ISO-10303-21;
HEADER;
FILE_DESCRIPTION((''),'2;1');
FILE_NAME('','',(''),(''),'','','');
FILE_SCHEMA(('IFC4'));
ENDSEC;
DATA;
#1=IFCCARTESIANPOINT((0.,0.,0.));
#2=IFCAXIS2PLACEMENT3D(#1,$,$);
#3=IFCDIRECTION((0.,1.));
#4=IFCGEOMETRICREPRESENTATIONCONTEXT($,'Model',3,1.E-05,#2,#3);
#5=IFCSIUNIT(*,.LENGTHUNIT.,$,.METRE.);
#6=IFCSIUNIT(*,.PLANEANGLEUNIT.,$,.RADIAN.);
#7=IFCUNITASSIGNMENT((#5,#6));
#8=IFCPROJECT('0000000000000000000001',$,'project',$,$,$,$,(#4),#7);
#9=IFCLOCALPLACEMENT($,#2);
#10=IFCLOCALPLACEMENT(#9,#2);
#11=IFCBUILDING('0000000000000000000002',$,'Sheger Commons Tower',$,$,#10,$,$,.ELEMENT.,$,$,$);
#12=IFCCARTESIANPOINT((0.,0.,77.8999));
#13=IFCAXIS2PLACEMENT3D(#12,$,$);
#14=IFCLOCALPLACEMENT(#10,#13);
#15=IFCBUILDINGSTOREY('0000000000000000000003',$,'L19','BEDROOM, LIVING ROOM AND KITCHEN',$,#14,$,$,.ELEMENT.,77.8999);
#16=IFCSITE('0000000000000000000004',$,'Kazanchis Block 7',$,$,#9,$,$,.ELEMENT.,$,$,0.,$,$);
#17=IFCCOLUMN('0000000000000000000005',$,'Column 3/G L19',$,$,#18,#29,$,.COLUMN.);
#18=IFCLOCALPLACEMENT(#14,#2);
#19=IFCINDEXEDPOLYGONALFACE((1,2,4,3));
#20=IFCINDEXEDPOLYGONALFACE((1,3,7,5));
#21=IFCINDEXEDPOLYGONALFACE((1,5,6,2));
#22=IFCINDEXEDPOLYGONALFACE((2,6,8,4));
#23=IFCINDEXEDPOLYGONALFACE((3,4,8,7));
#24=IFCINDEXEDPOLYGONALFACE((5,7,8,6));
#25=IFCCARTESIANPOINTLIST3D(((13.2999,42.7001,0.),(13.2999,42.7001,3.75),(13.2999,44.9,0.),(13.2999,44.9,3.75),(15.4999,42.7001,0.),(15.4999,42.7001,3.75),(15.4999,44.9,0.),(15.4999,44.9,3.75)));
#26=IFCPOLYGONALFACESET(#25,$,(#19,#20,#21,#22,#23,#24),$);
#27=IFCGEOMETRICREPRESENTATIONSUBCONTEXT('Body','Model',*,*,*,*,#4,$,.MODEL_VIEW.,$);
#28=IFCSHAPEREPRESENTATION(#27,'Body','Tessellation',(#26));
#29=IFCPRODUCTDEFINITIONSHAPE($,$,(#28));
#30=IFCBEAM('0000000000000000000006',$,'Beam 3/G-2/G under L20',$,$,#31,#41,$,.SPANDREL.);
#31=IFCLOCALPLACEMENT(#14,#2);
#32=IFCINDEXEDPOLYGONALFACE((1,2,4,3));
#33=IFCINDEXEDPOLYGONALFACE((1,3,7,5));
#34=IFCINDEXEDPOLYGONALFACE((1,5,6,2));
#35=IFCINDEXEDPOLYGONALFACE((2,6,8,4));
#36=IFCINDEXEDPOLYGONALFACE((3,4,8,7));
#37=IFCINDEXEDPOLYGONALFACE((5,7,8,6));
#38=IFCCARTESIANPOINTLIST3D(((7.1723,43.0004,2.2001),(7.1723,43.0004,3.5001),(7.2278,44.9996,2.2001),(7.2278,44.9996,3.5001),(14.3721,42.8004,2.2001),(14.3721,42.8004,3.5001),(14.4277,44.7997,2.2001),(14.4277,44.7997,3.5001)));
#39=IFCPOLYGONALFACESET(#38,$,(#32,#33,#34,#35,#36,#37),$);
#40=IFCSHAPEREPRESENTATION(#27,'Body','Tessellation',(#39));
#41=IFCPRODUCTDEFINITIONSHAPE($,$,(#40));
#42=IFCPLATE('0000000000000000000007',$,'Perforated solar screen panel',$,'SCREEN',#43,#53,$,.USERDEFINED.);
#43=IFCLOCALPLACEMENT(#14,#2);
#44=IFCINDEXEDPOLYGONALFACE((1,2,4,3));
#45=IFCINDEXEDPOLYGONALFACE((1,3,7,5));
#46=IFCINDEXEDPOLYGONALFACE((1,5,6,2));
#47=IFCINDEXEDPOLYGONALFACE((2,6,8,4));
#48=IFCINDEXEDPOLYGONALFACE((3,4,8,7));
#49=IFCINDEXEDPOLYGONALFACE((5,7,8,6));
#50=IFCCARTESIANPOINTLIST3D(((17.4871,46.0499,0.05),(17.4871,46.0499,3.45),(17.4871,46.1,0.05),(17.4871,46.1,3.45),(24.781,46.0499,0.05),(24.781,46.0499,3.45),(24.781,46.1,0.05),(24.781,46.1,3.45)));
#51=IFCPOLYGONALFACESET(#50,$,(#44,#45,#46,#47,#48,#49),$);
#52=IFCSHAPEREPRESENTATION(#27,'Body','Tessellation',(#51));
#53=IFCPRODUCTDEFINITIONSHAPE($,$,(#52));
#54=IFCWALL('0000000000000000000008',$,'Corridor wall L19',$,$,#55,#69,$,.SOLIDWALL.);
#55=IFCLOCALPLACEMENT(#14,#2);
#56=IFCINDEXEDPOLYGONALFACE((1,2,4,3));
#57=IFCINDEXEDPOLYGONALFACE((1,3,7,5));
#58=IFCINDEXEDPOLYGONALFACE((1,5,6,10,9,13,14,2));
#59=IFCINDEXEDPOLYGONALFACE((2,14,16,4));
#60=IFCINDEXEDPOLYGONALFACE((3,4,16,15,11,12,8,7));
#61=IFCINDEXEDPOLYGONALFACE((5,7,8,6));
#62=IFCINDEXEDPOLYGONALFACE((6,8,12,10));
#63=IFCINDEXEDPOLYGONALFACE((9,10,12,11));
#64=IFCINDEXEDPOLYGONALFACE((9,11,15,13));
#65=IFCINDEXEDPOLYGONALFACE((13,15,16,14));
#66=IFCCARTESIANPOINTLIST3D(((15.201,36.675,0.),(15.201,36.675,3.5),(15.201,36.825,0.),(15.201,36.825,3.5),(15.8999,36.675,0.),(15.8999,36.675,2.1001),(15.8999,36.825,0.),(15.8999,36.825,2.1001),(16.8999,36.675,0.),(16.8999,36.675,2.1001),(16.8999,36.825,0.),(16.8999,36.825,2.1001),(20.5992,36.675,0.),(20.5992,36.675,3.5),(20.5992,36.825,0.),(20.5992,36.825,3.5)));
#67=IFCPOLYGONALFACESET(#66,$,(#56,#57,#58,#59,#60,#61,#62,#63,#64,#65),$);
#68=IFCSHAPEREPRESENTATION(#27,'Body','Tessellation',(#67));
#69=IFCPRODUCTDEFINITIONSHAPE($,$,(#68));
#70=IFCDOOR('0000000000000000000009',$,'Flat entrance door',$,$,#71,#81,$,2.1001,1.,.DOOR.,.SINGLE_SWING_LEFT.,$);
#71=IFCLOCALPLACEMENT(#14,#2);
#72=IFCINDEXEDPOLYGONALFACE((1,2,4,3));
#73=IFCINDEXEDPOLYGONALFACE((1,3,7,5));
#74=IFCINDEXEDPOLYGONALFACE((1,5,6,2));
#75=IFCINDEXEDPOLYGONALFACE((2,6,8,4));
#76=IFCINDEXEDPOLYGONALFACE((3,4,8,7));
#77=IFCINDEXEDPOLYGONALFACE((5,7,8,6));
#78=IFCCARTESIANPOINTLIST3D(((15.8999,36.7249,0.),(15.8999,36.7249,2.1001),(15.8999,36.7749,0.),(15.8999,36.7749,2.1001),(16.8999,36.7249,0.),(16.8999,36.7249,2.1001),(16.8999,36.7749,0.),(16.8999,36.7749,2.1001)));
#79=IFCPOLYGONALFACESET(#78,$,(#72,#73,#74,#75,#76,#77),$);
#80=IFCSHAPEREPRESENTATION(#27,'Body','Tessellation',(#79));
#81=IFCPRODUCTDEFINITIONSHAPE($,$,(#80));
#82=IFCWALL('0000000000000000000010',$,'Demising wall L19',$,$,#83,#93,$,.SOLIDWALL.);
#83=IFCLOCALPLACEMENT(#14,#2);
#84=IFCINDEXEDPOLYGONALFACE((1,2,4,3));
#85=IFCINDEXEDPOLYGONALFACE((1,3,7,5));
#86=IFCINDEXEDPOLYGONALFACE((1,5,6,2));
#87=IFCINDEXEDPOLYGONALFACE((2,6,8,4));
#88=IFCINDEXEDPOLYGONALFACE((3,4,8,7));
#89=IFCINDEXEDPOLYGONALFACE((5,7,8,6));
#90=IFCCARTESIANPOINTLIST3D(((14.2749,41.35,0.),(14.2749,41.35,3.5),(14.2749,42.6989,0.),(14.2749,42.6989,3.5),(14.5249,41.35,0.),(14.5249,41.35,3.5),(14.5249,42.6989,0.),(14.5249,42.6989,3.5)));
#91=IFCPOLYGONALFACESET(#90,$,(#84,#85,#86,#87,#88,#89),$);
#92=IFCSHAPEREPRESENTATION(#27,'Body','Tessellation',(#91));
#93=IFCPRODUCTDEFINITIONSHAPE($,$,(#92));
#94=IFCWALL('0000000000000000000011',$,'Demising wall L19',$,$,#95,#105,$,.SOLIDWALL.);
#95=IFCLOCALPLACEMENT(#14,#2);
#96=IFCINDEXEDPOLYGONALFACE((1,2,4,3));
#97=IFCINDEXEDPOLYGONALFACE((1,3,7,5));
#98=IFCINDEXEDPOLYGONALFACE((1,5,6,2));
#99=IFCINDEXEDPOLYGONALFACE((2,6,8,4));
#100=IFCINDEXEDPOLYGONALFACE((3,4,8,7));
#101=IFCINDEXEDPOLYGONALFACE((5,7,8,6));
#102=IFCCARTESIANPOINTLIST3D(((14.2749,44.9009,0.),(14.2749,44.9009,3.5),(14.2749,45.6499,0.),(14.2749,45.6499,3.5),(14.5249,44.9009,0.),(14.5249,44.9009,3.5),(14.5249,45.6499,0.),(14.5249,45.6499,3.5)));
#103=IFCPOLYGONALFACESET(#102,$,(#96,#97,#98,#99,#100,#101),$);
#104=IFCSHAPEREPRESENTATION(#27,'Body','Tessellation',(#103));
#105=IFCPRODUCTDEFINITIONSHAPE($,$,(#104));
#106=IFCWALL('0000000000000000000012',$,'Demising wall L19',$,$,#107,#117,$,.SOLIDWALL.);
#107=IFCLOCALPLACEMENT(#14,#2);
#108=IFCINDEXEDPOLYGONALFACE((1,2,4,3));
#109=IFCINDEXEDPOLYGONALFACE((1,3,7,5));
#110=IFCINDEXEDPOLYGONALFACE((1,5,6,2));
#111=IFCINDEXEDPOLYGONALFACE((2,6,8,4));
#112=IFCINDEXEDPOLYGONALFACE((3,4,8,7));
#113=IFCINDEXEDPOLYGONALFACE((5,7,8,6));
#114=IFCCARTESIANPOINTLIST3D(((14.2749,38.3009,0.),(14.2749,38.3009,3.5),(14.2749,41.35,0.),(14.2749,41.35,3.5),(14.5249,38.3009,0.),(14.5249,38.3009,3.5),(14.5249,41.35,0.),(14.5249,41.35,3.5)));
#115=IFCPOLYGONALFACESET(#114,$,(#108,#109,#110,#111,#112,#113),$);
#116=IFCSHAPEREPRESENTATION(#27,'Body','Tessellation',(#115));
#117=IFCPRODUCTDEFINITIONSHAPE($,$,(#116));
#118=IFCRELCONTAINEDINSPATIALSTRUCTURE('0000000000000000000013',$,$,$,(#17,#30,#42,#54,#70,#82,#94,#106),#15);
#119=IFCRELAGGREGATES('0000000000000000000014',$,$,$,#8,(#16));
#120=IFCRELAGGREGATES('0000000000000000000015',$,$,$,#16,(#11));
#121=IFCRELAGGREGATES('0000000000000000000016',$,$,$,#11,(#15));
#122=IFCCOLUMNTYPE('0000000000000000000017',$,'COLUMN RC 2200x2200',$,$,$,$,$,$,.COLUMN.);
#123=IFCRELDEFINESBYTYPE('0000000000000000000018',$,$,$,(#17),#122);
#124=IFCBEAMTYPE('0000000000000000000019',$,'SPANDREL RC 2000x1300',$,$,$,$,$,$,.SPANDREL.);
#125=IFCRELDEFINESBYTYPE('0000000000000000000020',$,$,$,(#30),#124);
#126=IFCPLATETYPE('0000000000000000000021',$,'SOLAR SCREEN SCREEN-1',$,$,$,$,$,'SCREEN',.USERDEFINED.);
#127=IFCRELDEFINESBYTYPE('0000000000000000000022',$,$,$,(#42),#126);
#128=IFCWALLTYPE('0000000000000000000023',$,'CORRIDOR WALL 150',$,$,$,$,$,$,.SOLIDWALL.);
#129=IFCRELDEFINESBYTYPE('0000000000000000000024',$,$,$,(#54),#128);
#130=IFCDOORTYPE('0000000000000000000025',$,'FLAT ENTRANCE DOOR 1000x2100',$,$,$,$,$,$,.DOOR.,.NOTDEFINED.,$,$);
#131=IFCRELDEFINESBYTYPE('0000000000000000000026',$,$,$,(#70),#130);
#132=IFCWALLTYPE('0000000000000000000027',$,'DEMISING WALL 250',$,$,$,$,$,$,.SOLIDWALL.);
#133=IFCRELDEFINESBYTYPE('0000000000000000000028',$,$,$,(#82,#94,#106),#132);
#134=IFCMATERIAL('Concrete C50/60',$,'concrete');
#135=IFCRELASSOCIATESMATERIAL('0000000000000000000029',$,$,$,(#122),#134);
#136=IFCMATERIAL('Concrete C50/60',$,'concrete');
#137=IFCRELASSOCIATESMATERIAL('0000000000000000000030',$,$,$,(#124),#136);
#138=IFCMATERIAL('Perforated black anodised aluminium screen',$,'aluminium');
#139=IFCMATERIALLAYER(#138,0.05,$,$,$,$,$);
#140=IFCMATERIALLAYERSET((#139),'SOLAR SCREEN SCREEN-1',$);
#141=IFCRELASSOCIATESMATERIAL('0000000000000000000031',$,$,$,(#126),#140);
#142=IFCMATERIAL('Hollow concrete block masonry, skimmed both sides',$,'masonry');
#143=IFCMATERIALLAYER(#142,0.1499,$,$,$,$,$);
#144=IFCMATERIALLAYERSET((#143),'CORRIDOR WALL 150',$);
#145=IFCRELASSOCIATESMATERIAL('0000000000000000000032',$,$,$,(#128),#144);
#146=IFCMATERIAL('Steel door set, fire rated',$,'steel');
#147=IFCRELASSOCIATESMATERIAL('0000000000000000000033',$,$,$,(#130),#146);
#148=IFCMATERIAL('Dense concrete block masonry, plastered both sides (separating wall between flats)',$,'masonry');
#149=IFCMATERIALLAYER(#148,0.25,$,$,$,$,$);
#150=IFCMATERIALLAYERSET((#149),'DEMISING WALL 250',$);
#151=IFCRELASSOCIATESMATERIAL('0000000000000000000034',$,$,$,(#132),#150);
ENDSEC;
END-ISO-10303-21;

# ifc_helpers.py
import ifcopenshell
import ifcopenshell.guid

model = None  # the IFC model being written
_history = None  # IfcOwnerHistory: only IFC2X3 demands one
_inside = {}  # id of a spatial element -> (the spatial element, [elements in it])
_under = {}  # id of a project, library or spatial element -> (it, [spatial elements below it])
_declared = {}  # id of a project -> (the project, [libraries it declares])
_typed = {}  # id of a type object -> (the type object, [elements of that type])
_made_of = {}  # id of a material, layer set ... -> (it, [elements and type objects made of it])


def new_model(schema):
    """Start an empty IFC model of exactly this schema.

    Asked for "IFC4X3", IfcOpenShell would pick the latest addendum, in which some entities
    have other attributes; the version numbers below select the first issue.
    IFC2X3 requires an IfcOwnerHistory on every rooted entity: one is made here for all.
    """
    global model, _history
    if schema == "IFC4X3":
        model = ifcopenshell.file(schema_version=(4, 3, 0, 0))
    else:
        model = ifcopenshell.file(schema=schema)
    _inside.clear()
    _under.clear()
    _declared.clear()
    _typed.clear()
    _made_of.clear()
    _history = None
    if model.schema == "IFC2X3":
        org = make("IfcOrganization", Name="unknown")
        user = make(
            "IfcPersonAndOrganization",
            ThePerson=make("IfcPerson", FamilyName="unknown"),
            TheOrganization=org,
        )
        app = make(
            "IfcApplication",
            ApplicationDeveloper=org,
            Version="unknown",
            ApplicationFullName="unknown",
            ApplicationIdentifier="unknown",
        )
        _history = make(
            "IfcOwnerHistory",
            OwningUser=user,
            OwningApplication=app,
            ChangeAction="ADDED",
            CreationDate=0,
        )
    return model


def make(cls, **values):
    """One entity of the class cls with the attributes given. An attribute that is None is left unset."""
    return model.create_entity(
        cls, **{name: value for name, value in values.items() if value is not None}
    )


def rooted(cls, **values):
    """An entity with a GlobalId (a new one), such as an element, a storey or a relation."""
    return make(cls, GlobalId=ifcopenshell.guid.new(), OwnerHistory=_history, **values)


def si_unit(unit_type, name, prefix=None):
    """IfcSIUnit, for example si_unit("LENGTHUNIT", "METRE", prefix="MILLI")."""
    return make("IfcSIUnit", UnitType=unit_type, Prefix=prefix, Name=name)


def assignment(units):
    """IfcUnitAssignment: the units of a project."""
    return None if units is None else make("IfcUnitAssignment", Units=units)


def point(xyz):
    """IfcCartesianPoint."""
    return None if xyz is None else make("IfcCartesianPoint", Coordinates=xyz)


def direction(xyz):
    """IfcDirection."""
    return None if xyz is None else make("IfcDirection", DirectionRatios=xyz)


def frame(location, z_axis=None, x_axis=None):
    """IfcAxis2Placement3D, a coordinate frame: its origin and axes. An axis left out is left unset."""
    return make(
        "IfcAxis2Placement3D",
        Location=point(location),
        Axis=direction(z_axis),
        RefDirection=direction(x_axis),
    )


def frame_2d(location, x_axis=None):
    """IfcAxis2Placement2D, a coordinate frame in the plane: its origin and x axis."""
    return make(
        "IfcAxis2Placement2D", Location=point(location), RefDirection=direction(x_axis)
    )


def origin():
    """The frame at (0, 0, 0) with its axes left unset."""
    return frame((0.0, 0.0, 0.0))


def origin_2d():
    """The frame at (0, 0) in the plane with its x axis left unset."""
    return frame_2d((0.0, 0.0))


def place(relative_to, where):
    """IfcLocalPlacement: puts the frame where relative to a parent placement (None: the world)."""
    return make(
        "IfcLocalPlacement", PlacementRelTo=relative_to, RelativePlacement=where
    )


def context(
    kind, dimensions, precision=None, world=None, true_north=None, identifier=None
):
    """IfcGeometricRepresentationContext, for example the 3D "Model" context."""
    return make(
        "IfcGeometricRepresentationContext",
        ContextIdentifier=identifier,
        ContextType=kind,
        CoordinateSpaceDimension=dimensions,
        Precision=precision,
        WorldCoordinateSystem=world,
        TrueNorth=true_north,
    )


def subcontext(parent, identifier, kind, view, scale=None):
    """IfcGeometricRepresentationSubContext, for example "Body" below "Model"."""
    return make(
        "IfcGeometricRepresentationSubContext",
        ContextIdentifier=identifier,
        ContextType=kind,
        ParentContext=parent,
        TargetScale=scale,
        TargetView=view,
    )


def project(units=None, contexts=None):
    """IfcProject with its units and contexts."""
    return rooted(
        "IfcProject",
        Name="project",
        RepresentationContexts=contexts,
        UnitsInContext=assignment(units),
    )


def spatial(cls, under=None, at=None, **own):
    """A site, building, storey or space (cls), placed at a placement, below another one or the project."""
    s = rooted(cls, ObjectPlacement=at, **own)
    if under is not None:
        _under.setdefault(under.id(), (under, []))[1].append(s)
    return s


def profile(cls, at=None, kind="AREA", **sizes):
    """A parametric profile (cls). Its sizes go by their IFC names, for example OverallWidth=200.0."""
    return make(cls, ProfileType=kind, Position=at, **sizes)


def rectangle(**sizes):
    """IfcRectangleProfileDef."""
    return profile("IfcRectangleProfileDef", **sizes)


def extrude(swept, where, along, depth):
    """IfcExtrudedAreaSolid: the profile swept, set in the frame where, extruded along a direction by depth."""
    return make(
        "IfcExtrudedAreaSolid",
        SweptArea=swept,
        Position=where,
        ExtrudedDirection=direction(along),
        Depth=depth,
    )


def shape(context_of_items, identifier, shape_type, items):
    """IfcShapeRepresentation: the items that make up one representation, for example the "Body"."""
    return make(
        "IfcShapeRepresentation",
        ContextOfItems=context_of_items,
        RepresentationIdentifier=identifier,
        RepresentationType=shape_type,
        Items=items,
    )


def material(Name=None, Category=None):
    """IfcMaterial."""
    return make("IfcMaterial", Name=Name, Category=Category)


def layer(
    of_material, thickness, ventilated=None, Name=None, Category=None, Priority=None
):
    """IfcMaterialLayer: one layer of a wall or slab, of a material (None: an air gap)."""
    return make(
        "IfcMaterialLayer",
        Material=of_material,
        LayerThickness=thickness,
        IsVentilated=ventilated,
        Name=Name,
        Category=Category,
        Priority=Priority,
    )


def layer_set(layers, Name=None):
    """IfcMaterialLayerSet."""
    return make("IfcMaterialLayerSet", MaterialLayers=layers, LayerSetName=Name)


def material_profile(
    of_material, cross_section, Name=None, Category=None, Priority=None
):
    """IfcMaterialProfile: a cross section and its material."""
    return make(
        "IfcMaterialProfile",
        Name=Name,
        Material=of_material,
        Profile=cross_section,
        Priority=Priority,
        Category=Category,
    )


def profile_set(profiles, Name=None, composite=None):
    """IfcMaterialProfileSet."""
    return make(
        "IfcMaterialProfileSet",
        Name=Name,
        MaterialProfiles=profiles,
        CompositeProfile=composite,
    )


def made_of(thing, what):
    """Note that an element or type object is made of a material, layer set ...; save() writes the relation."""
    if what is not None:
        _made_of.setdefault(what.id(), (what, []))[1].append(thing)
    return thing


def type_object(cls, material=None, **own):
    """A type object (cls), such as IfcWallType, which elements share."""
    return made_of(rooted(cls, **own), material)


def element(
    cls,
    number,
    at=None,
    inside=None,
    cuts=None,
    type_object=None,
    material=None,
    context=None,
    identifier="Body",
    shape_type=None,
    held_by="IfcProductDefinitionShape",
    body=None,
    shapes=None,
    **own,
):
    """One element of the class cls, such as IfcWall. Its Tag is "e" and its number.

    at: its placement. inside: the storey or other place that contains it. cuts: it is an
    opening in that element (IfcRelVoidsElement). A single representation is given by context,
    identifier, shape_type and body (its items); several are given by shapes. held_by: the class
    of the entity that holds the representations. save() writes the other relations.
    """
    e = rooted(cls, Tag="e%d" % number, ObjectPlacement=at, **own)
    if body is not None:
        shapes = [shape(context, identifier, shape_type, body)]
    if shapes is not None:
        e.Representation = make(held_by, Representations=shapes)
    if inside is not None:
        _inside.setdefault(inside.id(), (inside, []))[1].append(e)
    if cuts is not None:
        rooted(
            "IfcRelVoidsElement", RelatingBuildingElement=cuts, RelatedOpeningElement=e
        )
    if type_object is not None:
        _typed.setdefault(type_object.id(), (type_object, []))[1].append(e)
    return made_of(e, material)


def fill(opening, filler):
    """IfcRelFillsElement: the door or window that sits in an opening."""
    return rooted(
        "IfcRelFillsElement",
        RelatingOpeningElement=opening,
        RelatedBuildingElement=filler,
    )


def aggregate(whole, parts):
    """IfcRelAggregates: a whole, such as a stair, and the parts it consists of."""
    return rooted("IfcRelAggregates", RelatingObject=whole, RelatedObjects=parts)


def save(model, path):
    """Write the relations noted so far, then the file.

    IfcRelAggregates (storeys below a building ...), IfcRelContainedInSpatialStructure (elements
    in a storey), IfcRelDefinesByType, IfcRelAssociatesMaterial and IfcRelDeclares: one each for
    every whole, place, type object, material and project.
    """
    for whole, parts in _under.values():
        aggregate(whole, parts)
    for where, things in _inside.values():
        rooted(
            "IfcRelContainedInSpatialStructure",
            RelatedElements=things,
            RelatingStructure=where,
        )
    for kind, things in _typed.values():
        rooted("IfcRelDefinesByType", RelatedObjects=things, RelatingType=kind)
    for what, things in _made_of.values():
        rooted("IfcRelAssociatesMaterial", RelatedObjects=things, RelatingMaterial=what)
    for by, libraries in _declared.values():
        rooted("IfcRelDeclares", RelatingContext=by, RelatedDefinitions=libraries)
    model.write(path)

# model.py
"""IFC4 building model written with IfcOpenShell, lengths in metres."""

from ifc_helpers import new_model, si_unit, direction, frame, frame_2d, origin, origin_2d, place, context, subcontext, project, spatial, rectangle, extrude, material, layer, layer_set, material_profile, profile_set, type_object, element, fill, save


model = new_model("IFC4")

# Units and contexts
model_context = context("Model", 3, precision=1e-05, world=origin(), true_north=direction((0.0, 1.0)))
body_context = subcontext(model_context, "Body", "Model", "MODEL_VIEW")
ifc_project = project(units=[si_unit("LENGTHUNIT", "METRE"), si_unit("PLANEANGLEUNIT", "RADIAN")], contexts=[model_context])

# Site, building, storey
site_placement = place(None, origin())
site = spatial("IfcSite", under=ifc_project, at=site_placement, Name="Kazanchis Block 7", CompositionType="ELEMENT", RefElevation=0.0)
building_placement = place(site_placement, origin())
building = spatial("IfcBuilding", under=site, at=building_placement, Name="Sheger Commons Tower", CompositionType="ELEMENT")
storey_placement = place(building_placement, frame((0.0, 0.0, 77.8999)))
storey = spatial("IfcBuildingStorey", under=building, at=storey_placement, Name="L19", Description="BEDROOM, LIVING ROOM AND KITCHEN", CompositionType="ELEMENT", Elevation=77.8999)

# Column
ifc_material_1 = material(Name="Concrete C50/60", Category="concrete")
ifc_material_profile_1 = material_profile(ifc_material_1, rectangle(XDim=2.2, YDim=2.2, at=origin_2d()), Name="RC 2200x2200")
ifc_profile_set_1 = profile_set([ifc_material_profile_1], Name="Concrete C50/60")
column_type = type_object("IfcColumnType", Name="COLUMN RC 2200x2200", PredefinedType="COLUMN", material=ifc_profile_set_1)
column_placement = place(storey_placement, frame((14.3999, 43.8, 0.0), z_axis=(0.0, 0.0, 1.0), x_axis=(1.0, 0.0, 0.0)))
element("IfcColumn", 1, at=column_placement, inside=storey, type_object=column_type, Name="Column 3/G L19", PredefinedType="COLUMN", context=body_context, shape_type="SweptSolid", body=[
    extrude(rectangle(XDim=2.2, YDim=2.2, at=origin_2d()), origin(), (0.0, 0.0, 1.0), 3.75),
])

# Beam
ifc_material_2 = material(Name="Concrete C50/60", Category="concrete")
ifc_material_profile_2 = material_profile(ifc_material_2, rectangle(XDim=2.0, YDim=1.3, at=origin_2d()), Name="RC 2000x1300")
ifc_profile_set_2 = profile_set([ifc_material_profile_2], Name="Concrete C50/60")
beam_type = type_object("IfcBeamType", Name="SPANDREL RC 2000x1300", PredefinedType="SPANDREL", material=ifc_profile_set_2)
beam_placement = place(storey_placement, frame((14.3999, 43.8, 2.8501), z_axis=(-0.999615, 0.02776, 0.0), x_axis=(-0.02776, -0.999615, 0.0)))
element("IfcBeam", 2, at=beam_placement, inside=storey, type_object=beam_type, Name="Beam 3/G-2/G under L20", PredefinedType="SPANDREL", context=body_context, shape_type="SweptSolid", body=[
    extrude(rectangle(XDim=2.0, YDim=1.3, at=origin_2d()), origin(), (0.0, 0.0, 1.0), 7.2026),
])

# Plate
ifc_material_3 = material(Name="Perforated black anodised aluminium screen", Category="aluminium")
ifc_layer_1 = layer(ifc_material_3, 0.05)
ifc_layer_set_1 = layer_set([ifc_layer_1], Name="SOLAR SCREEN SCREEN-1")
plate_type = type_object("IfcPlateType", Name="SOLAR SCREEN SCREEN-1", ElementType="SCREEN", PredefinedType="USERDEFINED", material=ifc_layer_set_1)
plate_placement = place(storey_placement, frame((21.134, 46.075, 0.05), z_axis=(0.0, 0.0, 1.0), x_axis=(-1.0, 0.0, 0.0)))
element("IfcPlate", 3, at=plate_placement, inside=storey, type_object=plate_type, Name="Perforated solar screen panel", ObjectType="SCREEN", PredefinedType="USERDEFINED", context=body_context, shape_type="SweptSolid", body=[
    extrude(rectangle(XDim=7.2939, YDim=0.05, at=origin_2d()), origin(), (0.0, 0.0, 1.0), 3.3999),
])

# Wall, opening, door
ifc_material_4 = material(Name="Hollow concrete block masonry, skimmed both sides", Category="masonry")
ifc_layer_2 = layer(ifc_material_4, 0.1499)
ifc_layer_set_2 = layer_set([ifc_layer_2], Name="CORRIDOR WALL 150")
wall_type_1 = type_object("IfcWallType", Name="CORRIDOR WALL 150", PredefinedType="SOLIDWALL", material=ifc_layer_set_2)
wall_1_placement = place(storey_placement, frame((15.2009, 36.75, 0.0), z_axis=(0.0, 0.0, 1.0), x_axis=(1.0, 0.0, 0.0)))
wall_1 = element("IfcWall", 4, at=wall_1_placement, inside=storey, type_object=wall_type_1, Name="Corridor wall L19", PredefinedType="SOLIDWALL", context=body_context, shape_type="SweptSolid", body=[
    extrude(rectangle(XDim=5.3982, YDim=0.1499, at=frame_2d((2.6992, 0.0))), origin(), (0.0, 0.0, 1.0), 3.5),
])
opening_1_placement = place(wall_1_placement, frame((0.699, 0.0, 0.0)))
opening_1 = element("IfcOpeningElement", 5, at=opening_1_placement, cuts=wall_1, PredefinedType="OPENING", context=body_context, shape_type="SweptSolid", body=[
    extrude(rectangle(XDim=1.0, YDim=2.1001, at=frame_2d((0.5, 1.05))), frame((0.0, 0.085, 0.0), z_axis=(0.0, -1.0, 0.0), x_axis=(1.0, 0.0, 0.0)), (0.0, 0.0, 1.0), 0.1699),
])
ifc_material_5 = material(Name="Steel door set, fire rated", Category="steel")
door_type_1 = type_object("IfcDoorType", Name="FLAT ENTRANCE DOOR 1000x2100", OperationType="NOTDEFINED", PredefinedType="DOOR", material=ifc_material_5)
door_1_placement = place(opening_1_placement, origin())
door_1 = element("IfcDoor", 6, at=door_1_placement, inside=storey, type_object=door_type_1, Name="Flat entrance door", OperationType="SINGLE_SWING_LEFT", OverallHeight=2.1001, OverallWidth=1.0, PredefinedType="DOOR", context=body_context, shape_type="SweptSolid", body=[
    extrude(rectangle(XDim=1.0, YDim=2.1001, at=frame_2d((0.5, 1.05))), frame((0.0, 0.0249, 0.0), z_axis=(0.0, -1.0, 0.0), x_axis=(1.0, 0.0, 0.0)), (0.0, 0.0, 1.0), 0.05),
])
fill(opening_1, door_1)

# Walls
ifc_material_6 = material(Name="Dense concrete block masonry, plastered both sides (separating wall between flats)", Category="masonry")
ifc_layer_3 = layer(ifc_material_6, 0.25)
ifc_layer_set_3 = layer_set([ifc_layer_3], Name="DEMISING WALL 250")
wall_type_2 = type_object("IfcWallType", Name="DEMISING WALL 250", PredefinedType="SOLIDWALL", material=ifc_layer_set_3)
wall_2_placement = place(storey_placement, frame((14.3999, 41.3501, 0.0), z_axis=(0.0, 0.0, 1.0), x_axis=(0.0, 1.0, 0.0)))
element("IfcWall", 7, at=wall_2_placement, inside=storey, type_object=wall_type_2, Name="Demising wall L19", PredefinedType="SOLIDWALL", context=body_context, shape_type="SweptSolid", body=[
    extrude(rectangle(XDim=1.3489, YDim=0.25, at=frame_2d((0.6743, 0.0))), origin(), (0.0, 0.0, 1.0), 3.5),
])
wall_3_placement = place(storey_placement, frame((14.3999, 44.9009, 0.0), z_axis=(0.0, 0.0, 1.0), x_axis=(0.0, 1.0, 0.0)))
element("IfcWall", 8, at=wall_3_placement, inside=storey, type_object=wall_type_2, Name="Demising wall L19", PredefinedType="SOLIDWALL", context=body_context, shape_type="SweptSolid", body=[
    extrude(rectangle(XDim=0.749, YDim=0.25, at=frame_2d((0.3745, 0.0))), origin(), (0.0, 0.0, 1.0), 3.5),
])
wall_4_placement = place(storey_placement, frame((14.3999, 38.301, 0.0), z_axis=(0.0, 0.0, 1.0), x_axis=(0.0, 1.0, 0.0)))
element("IfcWall", 9, at=wall_4_placement, inside=storey, type_object=wall_type_2, Name="Demising wall L19", PredefinedType="SOLIDWALL", context=body_context, shape_type="SweptSolid", body=[
    extrude(rectangle(XDim=3.0491, YDim=0.25, at=frame_2d((1.5244, 0.0))), origin(), (0.0, 0.0, 1.0), 3.5),
])

save(model, "model.ifc")
